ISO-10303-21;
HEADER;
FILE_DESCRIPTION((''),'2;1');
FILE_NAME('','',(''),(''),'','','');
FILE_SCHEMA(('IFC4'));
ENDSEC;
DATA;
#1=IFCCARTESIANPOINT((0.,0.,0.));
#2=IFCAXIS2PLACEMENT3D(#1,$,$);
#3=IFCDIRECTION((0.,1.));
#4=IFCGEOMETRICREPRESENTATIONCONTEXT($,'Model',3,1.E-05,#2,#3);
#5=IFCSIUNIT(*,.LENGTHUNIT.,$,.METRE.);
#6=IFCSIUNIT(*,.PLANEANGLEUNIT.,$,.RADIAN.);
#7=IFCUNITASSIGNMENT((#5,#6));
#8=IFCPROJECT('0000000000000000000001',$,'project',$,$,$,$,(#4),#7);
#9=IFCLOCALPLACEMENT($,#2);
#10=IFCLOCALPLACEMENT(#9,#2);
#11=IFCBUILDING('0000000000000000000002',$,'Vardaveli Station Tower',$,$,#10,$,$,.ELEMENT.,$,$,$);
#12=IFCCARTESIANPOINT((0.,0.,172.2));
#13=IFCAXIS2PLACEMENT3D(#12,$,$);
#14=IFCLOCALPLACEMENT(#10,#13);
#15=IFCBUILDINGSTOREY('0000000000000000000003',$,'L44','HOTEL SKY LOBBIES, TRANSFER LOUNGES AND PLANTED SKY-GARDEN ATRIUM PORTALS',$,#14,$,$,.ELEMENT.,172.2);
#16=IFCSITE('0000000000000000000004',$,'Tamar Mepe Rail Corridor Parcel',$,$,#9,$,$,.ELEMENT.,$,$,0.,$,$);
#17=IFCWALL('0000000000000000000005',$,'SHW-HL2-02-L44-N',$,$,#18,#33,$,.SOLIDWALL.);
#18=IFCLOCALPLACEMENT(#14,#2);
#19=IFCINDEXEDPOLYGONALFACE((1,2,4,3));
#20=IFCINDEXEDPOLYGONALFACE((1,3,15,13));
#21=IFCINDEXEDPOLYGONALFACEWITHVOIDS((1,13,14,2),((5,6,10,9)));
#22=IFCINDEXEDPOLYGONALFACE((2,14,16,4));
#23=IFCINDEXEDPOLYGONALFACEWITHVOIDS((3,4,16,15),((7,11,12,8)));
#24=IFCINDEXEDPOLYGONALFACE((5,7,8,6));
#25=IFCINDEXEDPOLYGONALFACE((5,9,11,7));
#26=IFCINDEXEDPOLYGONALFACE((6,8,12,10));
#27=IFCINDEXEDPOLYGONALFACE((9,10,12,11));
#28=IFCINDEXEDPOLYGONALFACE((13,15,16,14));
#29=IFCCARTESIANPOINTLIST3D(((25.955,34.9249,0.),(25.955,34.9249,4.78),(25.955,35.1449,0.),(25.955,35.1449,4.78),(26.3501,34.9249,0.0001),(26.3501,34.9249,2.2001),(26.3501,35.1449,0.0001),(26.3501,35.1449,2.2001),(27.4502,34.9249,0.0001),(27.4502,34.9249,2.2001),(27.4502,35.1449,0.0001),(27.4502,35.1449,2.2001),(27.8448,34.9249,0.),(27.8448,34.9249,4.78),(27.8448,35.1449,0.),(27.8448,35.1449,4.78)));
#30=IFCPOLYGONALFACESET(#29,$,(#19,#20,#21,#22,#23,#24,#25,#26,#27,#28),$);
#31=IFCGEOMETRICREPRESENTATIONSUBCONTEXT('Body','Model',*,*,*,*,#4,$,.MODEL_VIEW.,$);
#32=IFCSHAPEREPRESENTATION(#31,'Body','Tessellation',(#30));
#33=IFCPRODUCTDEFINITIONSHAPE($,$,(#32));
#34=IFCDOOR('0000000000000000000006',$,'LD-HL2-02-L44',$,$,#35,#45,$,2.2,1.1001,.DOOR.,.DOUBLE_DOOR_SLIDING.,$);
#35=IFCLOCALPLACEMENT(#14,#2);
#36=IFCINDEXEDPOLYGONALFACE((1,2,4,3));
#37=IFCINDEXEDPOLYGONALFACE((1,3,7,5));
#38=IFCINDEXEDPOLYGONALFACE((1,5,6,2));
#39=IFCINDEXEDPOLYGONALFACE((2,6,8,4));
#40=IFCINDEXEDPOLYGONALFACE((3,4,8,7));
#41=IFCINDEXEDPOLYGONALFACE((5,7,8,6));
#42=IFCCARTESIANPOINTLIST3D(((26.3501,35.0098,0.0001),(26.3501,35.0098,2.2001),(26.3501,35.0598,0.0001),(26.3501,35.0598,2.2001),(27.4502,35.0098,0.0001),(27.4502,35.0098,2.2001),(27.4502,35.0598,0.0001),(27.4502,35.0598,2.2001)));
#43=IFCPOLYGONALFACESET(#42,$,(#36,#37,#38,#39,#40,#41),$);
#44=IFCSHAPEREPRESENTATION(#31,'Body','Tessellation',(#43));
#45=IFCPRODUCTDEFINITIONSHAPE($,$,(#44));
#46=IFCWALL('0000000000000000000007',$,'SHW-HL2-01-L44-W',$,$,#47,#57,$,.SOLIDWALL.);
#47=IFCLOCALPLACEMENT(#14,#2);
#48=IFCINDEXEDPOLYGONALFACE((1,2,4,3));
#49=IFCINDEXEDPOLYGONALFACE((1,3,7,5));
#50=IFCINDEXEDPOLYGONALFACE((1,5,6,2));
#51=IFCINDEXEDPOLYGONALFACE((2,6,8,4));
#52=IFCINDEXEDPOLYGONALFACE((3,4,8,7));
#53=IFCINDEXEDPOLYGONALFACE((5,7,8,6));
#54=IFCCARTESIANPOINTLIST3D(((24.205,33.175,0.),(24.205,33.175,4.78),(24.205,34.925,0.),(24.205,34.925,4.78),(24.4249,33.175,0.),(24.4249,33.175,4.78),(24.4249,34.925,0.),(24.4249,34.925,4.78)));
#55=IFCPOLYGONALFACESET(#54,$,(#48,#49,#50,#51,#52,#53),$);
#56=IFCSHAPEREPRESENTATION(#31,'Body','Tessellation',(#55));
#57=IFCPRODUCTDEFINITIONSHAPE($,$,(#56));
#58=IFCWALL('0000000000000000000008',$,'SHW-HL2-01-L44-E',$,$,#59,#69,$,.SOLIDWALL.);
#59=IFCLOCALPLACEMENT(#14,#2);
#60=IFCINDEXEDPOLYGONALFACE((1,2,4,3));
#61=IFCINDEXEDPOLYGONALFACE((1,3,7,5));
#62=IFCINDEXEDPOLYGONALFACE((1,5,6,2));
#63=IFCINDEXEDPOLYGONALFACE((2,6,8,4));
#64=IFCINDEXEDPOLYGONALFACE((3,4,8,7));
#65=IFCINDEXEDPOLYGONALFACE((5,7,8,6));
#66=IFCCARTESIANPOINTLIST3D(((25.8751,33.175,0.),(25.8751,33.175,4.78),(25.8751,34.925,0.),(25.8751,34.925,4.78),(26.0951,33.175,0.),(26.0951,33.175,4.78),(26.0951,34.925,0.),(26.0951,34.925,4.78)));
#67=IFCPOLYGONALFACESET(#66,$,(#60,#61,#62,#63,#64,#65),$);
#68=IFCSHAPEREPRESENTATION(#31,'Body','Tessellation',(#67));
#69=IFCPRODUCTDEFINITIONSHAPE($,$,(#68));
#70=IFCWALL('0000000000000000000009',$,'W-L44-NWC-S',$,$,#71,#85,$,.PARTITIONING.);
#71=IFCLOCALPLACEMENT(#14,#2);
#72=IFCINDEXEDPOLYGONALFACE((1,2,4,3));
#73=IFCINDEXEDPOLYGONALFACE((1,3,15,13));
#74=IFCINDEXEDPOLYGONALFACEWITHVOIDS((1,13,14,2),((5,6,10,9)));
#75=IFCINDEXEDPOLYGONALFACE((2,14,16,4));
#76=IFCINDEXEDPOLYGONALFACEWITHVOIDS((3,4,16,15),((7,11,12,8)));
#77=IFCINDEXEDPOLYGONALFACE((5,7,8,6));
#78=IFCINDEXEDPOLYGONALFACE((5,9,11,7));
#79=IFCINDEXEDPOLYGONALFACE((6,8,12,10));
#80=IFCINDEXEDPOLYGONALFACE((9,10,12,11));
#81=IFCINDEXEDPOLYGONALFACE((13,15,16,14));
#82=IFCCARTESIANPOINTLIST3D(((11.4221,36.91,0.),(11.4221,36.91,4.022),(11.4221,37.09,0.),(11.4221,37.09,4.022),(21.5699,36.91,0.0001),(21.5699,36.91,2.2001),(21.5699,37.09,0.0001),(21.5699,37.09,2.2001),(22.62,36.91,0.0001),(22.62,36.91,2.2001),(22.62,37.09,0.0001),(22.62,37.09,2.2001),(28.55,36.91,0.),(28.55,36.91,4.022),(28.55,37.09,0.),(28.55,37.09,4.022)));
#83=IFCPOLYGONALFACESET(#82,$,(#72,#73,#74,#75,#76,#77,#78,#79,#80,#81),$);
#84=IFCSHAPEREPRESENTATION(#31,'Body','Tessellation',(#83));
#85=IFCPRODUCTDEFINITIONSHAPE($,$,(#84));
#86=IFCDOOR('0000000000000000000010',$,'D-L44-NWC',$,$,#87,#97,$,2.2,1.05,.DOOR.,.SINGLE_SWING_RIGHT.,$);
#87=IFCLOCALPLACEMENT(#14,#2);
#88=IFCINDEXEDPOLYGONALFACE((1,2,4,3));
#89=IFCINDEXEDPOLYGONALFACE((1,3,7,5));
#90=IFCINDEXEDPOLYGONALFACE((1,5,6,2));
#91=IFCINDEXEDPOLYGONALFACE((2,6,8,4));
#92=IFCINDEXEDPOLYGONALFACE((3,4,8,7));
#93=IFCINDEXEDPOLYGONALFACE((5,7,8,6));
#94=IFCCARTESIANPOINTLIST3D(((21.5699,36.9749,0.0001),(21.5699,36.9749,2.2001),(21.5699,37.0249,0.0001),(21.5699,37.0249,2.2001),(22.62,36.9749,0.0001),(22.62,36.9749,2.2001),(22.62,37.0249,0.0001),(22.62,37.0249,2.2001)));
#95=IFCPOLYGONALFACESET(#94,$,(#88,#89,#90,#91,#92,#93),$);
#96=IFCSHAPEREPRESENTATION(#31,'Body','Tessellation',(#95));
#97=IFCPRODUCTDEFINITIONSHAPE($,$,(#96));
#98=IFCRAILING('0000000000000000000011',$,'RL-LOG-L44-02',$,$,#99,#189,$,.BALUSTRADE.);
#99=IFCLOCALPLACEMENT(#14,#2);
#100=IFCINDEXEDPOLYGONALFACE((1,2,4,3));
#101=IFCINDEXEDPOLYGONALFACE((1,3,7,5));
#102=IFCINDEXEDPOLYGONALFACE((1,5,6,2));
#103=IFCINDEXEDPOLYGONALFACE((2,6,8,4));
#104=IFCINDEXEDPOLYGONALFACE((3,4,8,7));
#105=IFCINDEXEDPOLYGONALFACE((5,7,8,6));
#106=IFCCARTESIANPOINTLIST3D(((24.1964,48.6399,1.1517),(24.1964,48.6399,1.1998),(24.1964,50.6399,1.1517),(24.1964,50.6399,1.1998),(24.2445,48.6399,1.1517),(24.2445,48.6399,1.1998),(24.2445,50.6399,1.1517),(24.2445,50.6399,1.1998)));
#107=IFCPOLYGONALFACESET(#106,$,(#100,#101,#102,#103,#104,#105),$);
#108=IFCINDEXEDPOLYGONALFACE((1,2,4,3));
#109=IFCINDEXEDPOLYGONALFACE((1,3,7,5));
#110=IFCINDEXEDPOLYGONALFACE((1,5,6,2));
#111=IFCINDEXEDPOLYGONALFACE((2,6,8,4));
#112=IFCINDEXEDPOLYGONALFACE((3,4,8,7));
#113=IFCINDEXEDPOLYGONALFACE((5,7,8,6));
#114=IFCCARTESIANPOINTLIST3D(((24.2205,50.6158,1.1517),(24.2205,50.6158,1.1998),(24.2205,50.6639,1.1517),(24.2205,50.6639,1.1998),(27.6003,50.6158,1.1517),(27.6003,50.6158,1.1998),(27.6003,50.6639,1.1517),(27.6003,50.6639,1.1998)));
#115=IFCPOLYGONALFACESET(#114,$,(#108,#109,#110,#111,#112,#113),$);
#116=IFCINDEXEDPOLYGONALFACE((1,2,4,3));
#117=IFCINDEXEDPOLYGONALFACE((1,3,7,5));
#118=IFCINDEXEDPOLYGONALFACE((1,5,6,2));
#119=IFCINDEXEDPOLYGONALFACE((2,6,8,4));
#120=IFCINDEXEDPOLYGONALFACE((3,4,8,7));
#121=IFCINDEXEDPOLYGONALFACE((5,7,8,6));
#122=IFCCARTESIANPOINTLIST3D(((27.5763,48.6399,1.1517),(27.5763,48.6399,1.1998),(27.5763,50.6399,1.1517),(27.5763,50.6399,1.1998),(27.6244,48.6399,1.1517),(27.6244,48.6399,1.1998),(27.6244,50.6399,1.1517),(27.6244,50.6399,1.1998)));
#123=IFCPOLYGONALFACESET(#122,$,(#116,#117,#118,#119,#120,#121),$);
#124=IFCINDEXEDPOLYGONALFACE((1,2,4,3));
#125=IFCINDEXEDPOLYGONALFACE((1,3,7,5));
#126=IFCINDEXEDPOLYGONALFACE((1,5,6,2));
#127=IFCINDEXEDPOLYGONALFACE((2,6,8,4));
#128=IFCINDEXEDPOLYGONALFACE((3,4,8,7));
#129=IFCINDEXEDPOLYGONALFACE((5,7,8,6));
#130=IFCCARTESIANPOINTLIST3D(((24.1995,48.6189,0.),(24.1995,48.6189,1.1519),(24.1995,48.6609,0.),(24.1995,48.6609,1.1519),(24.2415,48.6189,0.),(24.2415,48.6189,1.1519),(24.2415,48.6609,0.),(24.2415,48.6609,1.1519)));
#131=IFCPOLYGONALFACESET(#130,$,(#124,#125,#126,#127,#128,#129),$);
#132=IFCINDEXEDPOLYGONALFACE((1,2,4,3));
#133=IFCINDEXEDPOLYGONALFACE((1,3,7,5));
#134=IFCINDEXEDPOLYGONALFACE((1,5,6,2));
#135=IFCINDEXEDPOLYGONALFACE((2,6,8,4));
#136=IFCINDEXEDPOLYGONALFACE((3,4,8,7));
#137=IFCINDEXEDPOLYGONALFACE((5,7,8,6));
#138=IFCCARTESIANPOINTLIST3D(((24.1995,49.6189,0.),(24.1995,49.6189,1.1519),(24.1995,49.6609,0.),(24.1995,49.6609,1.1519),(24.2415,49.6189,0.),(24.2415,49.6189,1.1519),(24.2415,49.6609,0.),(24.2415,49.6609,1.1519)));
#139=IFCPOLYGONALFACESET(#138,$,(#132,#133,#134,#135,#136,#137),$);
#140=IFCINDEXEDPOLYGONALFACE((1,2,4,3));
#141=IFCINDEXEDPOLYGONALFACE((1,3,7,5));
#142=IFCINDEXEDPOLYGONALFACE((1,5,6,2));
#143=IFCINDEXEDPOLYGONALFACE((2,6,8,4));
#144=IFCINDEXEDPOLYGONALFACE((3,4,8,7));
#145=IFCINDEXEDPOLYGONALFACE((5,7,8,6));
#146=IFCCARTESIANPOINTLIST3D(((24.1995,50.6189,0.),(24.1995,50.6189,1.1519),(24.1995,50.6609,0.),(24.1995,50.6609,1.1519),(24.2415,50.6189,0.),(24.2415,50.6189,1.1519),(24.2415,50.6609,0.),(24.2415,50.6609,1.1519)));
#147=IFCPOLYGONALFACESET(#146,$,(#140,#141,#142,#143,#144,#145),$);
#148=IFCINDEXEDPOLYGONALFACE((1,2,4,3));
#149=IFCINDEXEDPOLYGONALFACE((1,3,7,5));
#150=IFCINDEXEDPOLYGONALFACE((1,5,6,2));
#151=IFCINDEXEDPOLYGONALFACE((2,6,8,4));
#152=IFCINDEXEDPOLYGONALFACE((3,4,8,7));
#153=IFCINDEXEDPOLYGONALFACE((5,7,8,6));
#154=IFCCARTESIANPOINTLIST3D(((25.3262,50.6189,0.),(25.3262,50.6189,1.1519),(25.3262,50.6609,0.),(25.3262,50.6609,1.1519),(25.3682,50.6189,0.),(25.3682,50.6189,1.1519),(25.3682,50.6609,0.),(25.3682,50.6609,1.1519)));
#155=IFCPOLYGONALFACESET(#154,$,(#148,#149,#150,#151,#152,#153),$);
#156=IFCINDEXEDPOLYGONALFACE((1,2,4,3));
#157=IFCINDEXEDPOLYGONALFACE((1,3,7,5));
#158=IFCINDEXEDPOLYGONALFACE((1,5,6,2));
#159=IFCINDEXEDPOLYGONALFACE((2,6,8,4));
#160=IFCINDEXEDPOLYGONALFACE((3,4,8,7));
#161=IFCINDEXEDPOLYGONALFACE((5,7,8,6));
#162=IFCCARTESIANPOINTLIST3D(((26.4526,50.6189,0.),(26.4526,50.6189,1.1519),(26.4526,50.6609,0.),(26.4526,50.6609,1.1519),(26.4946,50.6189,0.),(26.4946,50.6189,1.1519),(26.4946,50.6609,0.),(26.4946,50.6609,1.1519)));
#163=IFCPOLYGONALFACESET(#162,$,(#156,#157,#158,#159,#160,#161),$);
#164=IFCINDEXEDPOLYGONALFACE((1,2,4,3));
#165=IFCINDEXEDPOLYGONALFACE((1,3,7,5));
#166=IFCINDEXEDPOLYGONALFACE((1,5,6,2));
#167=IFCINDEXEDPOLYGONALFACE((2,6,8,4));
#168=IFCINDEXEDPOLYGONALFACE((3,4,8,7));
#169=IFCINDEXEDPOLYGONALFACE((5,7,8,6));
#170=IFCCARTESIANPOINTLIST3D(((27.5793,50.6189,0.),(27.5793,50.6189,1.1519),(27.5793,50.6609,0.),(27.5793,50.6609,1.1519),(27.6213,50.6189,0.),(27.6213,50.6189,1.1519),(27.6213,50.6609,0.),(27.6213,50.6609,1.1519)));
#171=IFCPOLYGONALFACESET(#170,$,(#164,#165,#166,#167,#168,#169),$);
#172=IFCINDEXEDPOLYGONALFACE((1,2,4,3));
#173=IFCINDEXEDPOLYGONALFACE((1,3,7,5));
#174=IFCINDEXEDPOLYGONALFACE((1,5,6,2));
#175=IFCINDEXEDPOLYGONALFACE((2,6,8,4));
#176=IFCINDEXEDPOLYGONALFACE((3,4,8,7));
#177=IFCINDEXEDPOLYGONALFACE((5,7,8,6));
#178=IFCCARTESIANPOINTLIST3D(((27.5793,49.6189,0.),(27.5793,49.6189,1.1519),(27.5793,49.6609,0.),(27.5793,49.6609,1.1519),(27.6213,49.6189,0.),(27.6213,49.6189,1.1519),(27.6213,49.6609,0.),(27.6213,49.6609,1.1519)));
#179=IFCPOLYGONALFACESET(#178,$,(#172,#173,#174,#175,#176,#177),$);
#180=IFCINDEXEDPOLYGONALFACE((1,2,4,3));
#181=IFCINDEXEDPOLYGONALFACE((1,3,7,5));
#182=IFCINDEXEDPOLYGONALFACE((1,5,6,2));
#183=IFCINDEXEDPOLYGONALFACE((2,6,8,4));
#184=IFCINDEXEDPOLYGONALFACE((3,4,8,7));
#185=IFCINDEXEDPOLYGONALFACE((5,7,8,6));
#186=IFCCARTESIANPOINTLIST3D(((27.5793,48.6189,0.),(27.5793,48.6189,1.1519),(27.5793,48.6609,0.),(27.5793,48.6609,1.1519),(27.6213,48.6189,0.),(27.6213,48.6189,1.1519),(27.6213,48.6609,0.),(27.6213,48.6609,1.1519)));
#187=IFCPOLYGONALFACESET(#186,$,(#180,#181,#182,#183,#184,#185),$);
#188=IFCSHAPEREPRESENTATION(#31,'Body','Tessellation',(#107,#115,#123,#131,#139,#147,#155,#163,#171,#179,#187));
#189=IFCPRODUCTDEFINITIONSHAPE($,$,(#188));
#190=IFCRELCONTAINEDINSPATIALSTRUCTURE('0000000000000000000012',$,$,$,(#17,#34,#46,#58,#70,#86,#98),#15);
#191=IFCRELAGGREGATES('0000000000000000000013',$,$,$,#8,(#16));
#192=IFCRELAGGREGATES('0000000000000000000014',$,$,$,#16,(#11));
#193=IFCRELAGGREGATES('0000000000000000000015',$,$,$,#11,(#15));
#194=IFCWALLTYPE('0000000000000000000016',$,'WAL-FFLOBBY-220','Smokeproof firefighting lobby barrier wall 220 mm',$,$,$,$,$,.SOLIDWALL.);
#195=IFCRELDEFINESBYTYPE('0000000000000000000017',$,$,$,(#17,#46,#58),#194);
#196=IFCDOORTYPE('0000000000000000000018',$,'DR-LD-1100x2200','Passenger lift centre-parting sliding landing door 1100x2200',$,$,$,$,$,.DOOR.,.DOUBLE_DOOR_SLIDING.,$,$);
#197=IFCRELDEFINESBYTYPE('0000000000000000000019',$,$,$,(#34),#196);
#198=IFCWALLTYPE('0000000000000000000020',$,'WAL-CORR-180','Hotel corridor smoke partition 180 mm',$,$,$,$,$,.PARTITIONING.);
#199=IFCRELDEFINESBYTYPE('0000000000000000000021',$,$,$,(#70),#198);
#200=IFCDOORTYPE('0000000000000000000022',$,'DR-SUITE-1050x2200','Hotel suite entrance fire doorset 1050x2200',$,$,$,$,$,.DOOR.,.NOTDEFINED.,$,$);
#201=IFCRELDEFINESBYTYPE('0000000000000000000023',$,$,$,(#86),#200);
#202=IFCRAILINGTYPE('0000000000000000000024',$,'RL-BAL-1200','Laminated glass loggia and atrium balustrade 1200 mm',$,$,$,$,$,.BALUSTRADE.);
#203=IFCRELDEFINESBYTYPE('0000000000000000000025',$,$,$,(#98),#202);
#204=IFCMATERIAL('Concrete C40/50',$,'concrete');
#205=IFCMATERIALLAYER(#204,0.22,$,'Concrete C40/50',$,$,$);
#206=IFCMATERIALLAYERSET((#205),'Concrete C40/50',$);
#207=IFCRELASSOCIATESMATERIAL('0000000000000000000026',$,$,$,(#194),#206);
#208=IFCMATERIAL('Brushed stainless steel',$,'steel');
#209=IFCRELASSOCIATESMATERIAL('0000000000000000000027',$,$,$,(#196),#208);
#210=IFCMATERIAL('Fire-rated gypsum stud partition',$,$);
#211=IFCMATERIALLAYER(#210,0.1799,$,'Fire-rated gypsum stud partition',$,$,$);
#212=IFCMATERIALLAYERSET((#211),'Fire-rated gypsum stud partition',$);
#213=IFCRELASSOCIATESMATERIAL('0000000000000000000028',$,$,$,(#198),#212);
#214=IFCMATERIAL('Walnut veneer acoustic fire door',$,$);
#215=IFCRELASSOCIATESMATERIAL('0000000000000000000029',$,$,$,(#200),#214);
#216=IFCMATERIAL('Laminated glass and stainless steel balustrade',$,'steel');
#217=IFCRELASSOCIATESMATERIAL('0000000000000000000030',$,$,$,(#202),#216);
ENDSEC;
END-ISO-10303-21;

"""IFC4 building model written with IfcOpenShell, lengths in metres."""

from ifc_helpers import new_model, si_unit, direction, frame, frame_2d, origin, origin_2d, place, context, subcontext, project, spatial, rectangle, extrude, source, transform, mapped, material, layer, layer_set, type_object, element, fill, save


model = new_model("IFC4")

# Units and contexts
model_context = context("Model", 3, precision=1e-05, world=origin(), true_north=direction((0.0, 1.0)))
body_context = subcontext(model_context, "Body", "Model", "MODEL_VIEW")
ifc_project = project(units=[si_unit("LENGTHUNIT", "METRE"), si_unit("PLANEANGLEUNIT", "RADIAN")], contexts=[model_context])

# Site, building, storey
site_placement = place(None, origin())
site = spatial("IfcSite", under=ifc_project, at=site_placement, Name="Tamar Mepe Rail Corridor Parcel", CompositionType="ELEMENT", RefElevation=0.0)
building_placement = place(site_placement, origin())
building = spatial("IfcBuilding", under=site, at=building_placement, Name="Vardaveli Station Tower", CompositionType="ELEMENT")
storey_placement = place(building_placement, frame((0.0, 0.0, 172.2)))
storey = spatial("IfcBuildingStorey", under=building, at=storey_placement, Name="L44", Description="HOTEL SKY LOBBIES, TRANSFER LOUNGES AND PLANTED SKY-GARDEN ATRIUM PORTALS", CompositionType="ELEMENT", Elevation=172.2)

# Wall, opening, door
ifc_material_1 = material(Name="Concrete C40/50", Category="concrete")
ifc_layer_1 = layer(ifc_material_1, 0.22, Name="Concrete C40/50")
ifc_layer_set_1 = layer_set([ifc_layer_1], Name="Concrete C40/50")
wall_type_1 = type_object("IfcWallType", Name="WAL-FFLOBBY-220", Description="Smokeproof firefighting lobby barrier wall 220 mm", PredefinedType="SOLIDWALL", material=ifc_layer_set_1)
shared_shape_1 = source(origin(), body_context, "Body", "SweptSolid", [
    extrude(rectangle(XDim=1.8899, YDim=0.22, at=frame_2d((0.9448, 0.0))), origin(), (0.0, 0.0, 1.0), 4.78),
])
shared_shape_2 = source(origin(), body_context, "Body", "SweptSolid", [
    extrude(rectangle(XDim=1.1001, YDim=2.2, at=frame_2d((0.55, 1.1001))), frame((0.0, 0.1201, 0.0), z_axis=(0.0, -1.0, 0.0), x_axis=(1.0, 0.0, 0.0)), (0.0, 0.0, 1.0), 0.24),
])
ifc_material_2 = material(Name="Brushed stainless steel", Category="steel")
door_type_1 = type_object("IfcDoorType", Name="DR-LD-1100x2200", Description="Passenger lift centre-parting sliding landing door 1100x2200", OperationType="DOUBLE_DOOR_SLIDING", PredefinedType="DOOR", material=ifc_material_2)
shared_shape_3 = source(origin(), body_context, "Body", "SweptSolid", [
    extrude(rectangle(XDim=1.1001, YDim=2.2, at=frame_2d((0.55, 1.1001))), frame((0.0, 0.0249, 0.0), z_axis=(0.0, -1.0, 0.0), x_axis=(1.0, 0.0, 0.0)), (0.0, 0.0, 1.0), 0.05),
])
wall_1_placement = place(storey_placement, frame((25.9551, 35.0349, 0.0), z_axis=(0.0, 0.0, 1.0), x_axis=(1.0, 0.0, 0.0)))
wall_1 = element("IfcWall", 1, at=wall_1_placement, inside=storey, type_object=wall_type_1, Name="SHW-HL2-02-L44-N", PredefinedType="SOLIDWALL", context=body_context, shape_type="MappedRepresentation", body=[
    mapped(shared_shape_1, transform((0.0, 0.0, 0.0), scale=1.0)),
])
opening_1_placement = place(wall_1_placement, frame((0.395, 0.0, 0.0)))
opening_1 = element("IfcOpeningElement", 2, at=opening_1_placement, cuts=wall_1, PredefinedType="OPENING", context=body_context, shape_type="MappedRepresentation", body=[
    mapped(shared_shape_2, transform((0.0, 0.0, 0.0), scale=1.0)),
])
door_1_placement = place(opening_1_placement, origin())
door_1 = element("IfcDoor", 3, at=door_1_placement, inside=storey, type_object=door_type_1, Name="LD-HL2-02-L44", OperationType="DOUBLE_DOOR_SLIDING", OverallHeight=2.2, OverallWidth=1.1001, PredefinedType="DOOR", context=body_context, shape_type="MappedRepresentation", body=[
    mapped(shared_shape_3, transform((0.0, 0.0, 0.0), scale=1.0)),
])
fill(opening_1, door_1)

# Walls
shared_shape_4 = source(origin(), body_context, "Body", "SweptSolid", [
    extrude(rectangle(XDim=1.75, YDim=0.22, at=frame_2d((0.875, 0.0))), origin(), (0.0, 0.0, 1.0), 4.78),
])
for number, where, z_axis, x_axis, name in (
    (4, (24.3149, 33.175, 0.0), (0.0, 0.0, 1.0), (0.0, 1.0, 0.0), "SHW-HL2-01-L44-W"),
    (5, (25.9851, 33.175, 0.0), (0.0, 0.0, 1.0), (0.0, 1.0, 0.0), "SHW-HL2-01-L44-E"),
):
    element("IfcWall", number, at=place(storey_placement, frame(where, z_axis=z_axis, x_axis=x_axis)), inside=storey, type_object=wall_type_1, Name=name, PredefinedType="SOLIDWALL", context=body_context, shape_type="MappedRepresentation", body=[
        mapped(shared_shape_4, transform((0.0, 0.0, 0.0), scale=1.0)),
    ])

# Wall, opening, door
ifc_material_3 = material(Name="Fire-rated gypsum stud partition")
ifc_layer_2 = layer(ifc_material_3, 0.1799, Name="Fire-rated gypsum stud partition")
ifc_layer_set_2 = layer_set([ifc_layer_2], Name="Fire-rated gypsum stud partition")
wall_type_2 = type_object("IfcWallType", Name="WAL-CORR-180", Description="Hotel corridor smoke partition 180 mm", PredefinedType="PARTITIONING", material=ifc_layer_set_2)
shared_shape_5 = source(origin(), body_context, "Body", "SweptSolid", [
    extrude(rectangle(XDim=17.1279, YDim=0.1799, at=frame_2d((8.564, 0.0))), origin(), (0.0, 0.0, 1.0), 4.022),
])
wall_2_placement = place(storey_placement, frame((11.4221, 37.0, 0.0), z_axis=(0.0, 0.0, 1.0), x_axis=(1.0, 0.0, 0.0)))
wall_2 = element("IfcWall", 6, at=wall_2_placement, inside=storey, type_object=wall_type_2, Name="W-L44-NWC-S", PredefinedType="PARTITIONING", context=body_context, shape_type="MappedRepresentation", body=[
    mapped(shared_shape_5, transform((0.0, 0.0, 0.0), scale=1.0)),
])
shared_shape_6 = source(origin(), body_context, "Body", "SweptSolid", [
    extrude(rectangle(XDim=1.05, YDim=2.2, at=frame_2d((0.5249, 1.1001))), frame((0.0, 0.1001, 0.0), z_axis=(0.0, -1.0, 0.0), x_axis=(1.0, 0.0, 0.0)), (0.0, 0.0, 1.0), 0.2),
])
opening_2_placement = place(wall_2_placement, frame((10.1479, 0.0, 0.0)))
opening_2 = element("IfcOpeningElement", 7, at=opening_2_placement, cuts=wall_2, PredefinedType="OPENING", context=body_context, shape_type="MappedRepresentation", body=[
    mapped(shared_shape_6, transform((0.0, 0.0, 0.0), scale=1.0)),
])
ifc_material_4 = material(Name="Walnut veneer acoustic fire door")
door_type_2 = type_object("IfcDoorType", Name="DR-SUITE-1050x2200", Description="Hotel suite entrance fire doorset 1050x2200", OperationType="NOTDEFINED", PredefinedType="DOOR", material=ifc_material_4)
shared_shape_7 = source(origin(), body_context, "Body", "SweptSolid", [
    extrude(rectangle(XDim=1.05, YDim=2.2, at=frame_2d((0.5249, 1.1001))), frame((0.0, 0.0249, 0.0), z_axis=(0.0, -1.0, 0.0), x_axis=(1.0, 0.0, 0.0)), (0.0, 0.0, 1.0), 0.05),
])
door_2_placement = place(opening_2_placement, origin())
door_2 = element("IfcDoor", 8, at=door_2_placement, inside=storey, type_object=door_type_2, Name="D-L44-NWC", OperationType="SINGLE_SWING_RIGHT", OverallHeight=2.2, OverallWidth=1.05, PredefinedType="DOOR", context=body_context, shape_type="MappedRepresentation", body=[
    mapped(shared_shape_7, transform((0.0, 0.0, 0.0), scale=1.0)),
])
fill(opening_2, door_2)

# Railing
ifc_material_5 = material(Name="Laminated glass and stainless steel balustrade", Category="steel")
railing_type = type_object("IfcRailingType", Name="RL-BAL-1200", Description="Laminated glass loggia and atrium balustrade 1200 mm", PredefinedType="BALUSTRADE", material=ifc_material_5)
shared_shape_8 = source(origin(), body_context, "Body", "SweptSolid", [
    extrude(rectangle(XDim=0.0481, YDim=0.0481, at=origin_2d()), frame((0.0, 0.0, 1.1758), z_axis=(0.0, 1.0, 0.0), x_axis=(-1.0, 0.0, 0.0)), (0.0, 0.0, 1.0), 2.0),
    extrude(rectangle(XDim=0.0481, YDim=0.0481, at=origin_2d()), frame((0.0, 2.0, 1.1758), z_axis=(1.0, 0.0, 0.0), x_axis=(0.0, 1.0, 0.0)), (0.0, 0.0, 1.0), 3.3799),
    extrude(rectangle(XDim=0.0481, YDim=0.0481, at=origin_2d()), frame((3.3799, 2.0, 1.1758), z_axis=(0.0, -1.0, 0.0), x_axis=(1.0, 0.0, 0.0)), (0.0, 0.0, 1.0), 2.0),
    extrude(rectangle(XDim=0.042, YDim=0.042, at=origin_2d()), origin(), (0.0, 0.0, 1.0), 1.1519),
    extrude(rectangle(XDim=0.042, YDim=0.042, at=origin_2d()), frame((0.0, 1.0, 0.0)), (0.0, 0.0, 1.0), 1.1519),
    extrude(rectangle(XDim=0.042, YDim=0.042, at=origin_2d()), frame((0.0, 2.0, 0.0)), (0.0, 0.0, 1.0), 1.1519),
    extrude(rectangle(XDim=0.042, YDim=0.042, at=origin_2d()), frame((1.1267, 2.0, 0.0)), (0.0, 0.0, 1.0), 1.1519),
    extrude(rectangle(XDim=0.042, YDim=0.042, at=origin_2d()), frame((2.2532, 2.0, 0.0)), (0.0, 0.0, 1.0), 1.1519),
    extrude(rectangle(XDim=0.042, YDim=0.042, at=origin_2d()), frame((3.3799, 2.0, 0.0)), (0.0, 0.0, 1.0), 1.1519),
    extrude(rectangle(XDim=0.042, YDim=0.042, at=origin_2d()), frame((3.3799, 1.0, 0.0)), (0.0, 0.0, 1.0), 1.1519),
    extrude(rectangle(XDim=0.042, YDim=0.042, at=origin_2d()), frame((3.3799, 0.0, 0.0)), (0.0, 0.0, 1.0), 1.1519),
])
railing_placement = place(storey_placement, frame((24.2205, 48.6399, 0.0)))
element("IfcRailing", 9, at=railing_placement, inside=storey, type_object=railing_type, Name="RL-LOG-L44-02", PredefinedType="BALUSTRADE", context=body_context, shape_type="MappedRepresentation", body=[
    mapped(shared_shape_8, transform((0.0, 0.0, 0.0), scale=1.0)),
])

save(model, "model.ifc")
